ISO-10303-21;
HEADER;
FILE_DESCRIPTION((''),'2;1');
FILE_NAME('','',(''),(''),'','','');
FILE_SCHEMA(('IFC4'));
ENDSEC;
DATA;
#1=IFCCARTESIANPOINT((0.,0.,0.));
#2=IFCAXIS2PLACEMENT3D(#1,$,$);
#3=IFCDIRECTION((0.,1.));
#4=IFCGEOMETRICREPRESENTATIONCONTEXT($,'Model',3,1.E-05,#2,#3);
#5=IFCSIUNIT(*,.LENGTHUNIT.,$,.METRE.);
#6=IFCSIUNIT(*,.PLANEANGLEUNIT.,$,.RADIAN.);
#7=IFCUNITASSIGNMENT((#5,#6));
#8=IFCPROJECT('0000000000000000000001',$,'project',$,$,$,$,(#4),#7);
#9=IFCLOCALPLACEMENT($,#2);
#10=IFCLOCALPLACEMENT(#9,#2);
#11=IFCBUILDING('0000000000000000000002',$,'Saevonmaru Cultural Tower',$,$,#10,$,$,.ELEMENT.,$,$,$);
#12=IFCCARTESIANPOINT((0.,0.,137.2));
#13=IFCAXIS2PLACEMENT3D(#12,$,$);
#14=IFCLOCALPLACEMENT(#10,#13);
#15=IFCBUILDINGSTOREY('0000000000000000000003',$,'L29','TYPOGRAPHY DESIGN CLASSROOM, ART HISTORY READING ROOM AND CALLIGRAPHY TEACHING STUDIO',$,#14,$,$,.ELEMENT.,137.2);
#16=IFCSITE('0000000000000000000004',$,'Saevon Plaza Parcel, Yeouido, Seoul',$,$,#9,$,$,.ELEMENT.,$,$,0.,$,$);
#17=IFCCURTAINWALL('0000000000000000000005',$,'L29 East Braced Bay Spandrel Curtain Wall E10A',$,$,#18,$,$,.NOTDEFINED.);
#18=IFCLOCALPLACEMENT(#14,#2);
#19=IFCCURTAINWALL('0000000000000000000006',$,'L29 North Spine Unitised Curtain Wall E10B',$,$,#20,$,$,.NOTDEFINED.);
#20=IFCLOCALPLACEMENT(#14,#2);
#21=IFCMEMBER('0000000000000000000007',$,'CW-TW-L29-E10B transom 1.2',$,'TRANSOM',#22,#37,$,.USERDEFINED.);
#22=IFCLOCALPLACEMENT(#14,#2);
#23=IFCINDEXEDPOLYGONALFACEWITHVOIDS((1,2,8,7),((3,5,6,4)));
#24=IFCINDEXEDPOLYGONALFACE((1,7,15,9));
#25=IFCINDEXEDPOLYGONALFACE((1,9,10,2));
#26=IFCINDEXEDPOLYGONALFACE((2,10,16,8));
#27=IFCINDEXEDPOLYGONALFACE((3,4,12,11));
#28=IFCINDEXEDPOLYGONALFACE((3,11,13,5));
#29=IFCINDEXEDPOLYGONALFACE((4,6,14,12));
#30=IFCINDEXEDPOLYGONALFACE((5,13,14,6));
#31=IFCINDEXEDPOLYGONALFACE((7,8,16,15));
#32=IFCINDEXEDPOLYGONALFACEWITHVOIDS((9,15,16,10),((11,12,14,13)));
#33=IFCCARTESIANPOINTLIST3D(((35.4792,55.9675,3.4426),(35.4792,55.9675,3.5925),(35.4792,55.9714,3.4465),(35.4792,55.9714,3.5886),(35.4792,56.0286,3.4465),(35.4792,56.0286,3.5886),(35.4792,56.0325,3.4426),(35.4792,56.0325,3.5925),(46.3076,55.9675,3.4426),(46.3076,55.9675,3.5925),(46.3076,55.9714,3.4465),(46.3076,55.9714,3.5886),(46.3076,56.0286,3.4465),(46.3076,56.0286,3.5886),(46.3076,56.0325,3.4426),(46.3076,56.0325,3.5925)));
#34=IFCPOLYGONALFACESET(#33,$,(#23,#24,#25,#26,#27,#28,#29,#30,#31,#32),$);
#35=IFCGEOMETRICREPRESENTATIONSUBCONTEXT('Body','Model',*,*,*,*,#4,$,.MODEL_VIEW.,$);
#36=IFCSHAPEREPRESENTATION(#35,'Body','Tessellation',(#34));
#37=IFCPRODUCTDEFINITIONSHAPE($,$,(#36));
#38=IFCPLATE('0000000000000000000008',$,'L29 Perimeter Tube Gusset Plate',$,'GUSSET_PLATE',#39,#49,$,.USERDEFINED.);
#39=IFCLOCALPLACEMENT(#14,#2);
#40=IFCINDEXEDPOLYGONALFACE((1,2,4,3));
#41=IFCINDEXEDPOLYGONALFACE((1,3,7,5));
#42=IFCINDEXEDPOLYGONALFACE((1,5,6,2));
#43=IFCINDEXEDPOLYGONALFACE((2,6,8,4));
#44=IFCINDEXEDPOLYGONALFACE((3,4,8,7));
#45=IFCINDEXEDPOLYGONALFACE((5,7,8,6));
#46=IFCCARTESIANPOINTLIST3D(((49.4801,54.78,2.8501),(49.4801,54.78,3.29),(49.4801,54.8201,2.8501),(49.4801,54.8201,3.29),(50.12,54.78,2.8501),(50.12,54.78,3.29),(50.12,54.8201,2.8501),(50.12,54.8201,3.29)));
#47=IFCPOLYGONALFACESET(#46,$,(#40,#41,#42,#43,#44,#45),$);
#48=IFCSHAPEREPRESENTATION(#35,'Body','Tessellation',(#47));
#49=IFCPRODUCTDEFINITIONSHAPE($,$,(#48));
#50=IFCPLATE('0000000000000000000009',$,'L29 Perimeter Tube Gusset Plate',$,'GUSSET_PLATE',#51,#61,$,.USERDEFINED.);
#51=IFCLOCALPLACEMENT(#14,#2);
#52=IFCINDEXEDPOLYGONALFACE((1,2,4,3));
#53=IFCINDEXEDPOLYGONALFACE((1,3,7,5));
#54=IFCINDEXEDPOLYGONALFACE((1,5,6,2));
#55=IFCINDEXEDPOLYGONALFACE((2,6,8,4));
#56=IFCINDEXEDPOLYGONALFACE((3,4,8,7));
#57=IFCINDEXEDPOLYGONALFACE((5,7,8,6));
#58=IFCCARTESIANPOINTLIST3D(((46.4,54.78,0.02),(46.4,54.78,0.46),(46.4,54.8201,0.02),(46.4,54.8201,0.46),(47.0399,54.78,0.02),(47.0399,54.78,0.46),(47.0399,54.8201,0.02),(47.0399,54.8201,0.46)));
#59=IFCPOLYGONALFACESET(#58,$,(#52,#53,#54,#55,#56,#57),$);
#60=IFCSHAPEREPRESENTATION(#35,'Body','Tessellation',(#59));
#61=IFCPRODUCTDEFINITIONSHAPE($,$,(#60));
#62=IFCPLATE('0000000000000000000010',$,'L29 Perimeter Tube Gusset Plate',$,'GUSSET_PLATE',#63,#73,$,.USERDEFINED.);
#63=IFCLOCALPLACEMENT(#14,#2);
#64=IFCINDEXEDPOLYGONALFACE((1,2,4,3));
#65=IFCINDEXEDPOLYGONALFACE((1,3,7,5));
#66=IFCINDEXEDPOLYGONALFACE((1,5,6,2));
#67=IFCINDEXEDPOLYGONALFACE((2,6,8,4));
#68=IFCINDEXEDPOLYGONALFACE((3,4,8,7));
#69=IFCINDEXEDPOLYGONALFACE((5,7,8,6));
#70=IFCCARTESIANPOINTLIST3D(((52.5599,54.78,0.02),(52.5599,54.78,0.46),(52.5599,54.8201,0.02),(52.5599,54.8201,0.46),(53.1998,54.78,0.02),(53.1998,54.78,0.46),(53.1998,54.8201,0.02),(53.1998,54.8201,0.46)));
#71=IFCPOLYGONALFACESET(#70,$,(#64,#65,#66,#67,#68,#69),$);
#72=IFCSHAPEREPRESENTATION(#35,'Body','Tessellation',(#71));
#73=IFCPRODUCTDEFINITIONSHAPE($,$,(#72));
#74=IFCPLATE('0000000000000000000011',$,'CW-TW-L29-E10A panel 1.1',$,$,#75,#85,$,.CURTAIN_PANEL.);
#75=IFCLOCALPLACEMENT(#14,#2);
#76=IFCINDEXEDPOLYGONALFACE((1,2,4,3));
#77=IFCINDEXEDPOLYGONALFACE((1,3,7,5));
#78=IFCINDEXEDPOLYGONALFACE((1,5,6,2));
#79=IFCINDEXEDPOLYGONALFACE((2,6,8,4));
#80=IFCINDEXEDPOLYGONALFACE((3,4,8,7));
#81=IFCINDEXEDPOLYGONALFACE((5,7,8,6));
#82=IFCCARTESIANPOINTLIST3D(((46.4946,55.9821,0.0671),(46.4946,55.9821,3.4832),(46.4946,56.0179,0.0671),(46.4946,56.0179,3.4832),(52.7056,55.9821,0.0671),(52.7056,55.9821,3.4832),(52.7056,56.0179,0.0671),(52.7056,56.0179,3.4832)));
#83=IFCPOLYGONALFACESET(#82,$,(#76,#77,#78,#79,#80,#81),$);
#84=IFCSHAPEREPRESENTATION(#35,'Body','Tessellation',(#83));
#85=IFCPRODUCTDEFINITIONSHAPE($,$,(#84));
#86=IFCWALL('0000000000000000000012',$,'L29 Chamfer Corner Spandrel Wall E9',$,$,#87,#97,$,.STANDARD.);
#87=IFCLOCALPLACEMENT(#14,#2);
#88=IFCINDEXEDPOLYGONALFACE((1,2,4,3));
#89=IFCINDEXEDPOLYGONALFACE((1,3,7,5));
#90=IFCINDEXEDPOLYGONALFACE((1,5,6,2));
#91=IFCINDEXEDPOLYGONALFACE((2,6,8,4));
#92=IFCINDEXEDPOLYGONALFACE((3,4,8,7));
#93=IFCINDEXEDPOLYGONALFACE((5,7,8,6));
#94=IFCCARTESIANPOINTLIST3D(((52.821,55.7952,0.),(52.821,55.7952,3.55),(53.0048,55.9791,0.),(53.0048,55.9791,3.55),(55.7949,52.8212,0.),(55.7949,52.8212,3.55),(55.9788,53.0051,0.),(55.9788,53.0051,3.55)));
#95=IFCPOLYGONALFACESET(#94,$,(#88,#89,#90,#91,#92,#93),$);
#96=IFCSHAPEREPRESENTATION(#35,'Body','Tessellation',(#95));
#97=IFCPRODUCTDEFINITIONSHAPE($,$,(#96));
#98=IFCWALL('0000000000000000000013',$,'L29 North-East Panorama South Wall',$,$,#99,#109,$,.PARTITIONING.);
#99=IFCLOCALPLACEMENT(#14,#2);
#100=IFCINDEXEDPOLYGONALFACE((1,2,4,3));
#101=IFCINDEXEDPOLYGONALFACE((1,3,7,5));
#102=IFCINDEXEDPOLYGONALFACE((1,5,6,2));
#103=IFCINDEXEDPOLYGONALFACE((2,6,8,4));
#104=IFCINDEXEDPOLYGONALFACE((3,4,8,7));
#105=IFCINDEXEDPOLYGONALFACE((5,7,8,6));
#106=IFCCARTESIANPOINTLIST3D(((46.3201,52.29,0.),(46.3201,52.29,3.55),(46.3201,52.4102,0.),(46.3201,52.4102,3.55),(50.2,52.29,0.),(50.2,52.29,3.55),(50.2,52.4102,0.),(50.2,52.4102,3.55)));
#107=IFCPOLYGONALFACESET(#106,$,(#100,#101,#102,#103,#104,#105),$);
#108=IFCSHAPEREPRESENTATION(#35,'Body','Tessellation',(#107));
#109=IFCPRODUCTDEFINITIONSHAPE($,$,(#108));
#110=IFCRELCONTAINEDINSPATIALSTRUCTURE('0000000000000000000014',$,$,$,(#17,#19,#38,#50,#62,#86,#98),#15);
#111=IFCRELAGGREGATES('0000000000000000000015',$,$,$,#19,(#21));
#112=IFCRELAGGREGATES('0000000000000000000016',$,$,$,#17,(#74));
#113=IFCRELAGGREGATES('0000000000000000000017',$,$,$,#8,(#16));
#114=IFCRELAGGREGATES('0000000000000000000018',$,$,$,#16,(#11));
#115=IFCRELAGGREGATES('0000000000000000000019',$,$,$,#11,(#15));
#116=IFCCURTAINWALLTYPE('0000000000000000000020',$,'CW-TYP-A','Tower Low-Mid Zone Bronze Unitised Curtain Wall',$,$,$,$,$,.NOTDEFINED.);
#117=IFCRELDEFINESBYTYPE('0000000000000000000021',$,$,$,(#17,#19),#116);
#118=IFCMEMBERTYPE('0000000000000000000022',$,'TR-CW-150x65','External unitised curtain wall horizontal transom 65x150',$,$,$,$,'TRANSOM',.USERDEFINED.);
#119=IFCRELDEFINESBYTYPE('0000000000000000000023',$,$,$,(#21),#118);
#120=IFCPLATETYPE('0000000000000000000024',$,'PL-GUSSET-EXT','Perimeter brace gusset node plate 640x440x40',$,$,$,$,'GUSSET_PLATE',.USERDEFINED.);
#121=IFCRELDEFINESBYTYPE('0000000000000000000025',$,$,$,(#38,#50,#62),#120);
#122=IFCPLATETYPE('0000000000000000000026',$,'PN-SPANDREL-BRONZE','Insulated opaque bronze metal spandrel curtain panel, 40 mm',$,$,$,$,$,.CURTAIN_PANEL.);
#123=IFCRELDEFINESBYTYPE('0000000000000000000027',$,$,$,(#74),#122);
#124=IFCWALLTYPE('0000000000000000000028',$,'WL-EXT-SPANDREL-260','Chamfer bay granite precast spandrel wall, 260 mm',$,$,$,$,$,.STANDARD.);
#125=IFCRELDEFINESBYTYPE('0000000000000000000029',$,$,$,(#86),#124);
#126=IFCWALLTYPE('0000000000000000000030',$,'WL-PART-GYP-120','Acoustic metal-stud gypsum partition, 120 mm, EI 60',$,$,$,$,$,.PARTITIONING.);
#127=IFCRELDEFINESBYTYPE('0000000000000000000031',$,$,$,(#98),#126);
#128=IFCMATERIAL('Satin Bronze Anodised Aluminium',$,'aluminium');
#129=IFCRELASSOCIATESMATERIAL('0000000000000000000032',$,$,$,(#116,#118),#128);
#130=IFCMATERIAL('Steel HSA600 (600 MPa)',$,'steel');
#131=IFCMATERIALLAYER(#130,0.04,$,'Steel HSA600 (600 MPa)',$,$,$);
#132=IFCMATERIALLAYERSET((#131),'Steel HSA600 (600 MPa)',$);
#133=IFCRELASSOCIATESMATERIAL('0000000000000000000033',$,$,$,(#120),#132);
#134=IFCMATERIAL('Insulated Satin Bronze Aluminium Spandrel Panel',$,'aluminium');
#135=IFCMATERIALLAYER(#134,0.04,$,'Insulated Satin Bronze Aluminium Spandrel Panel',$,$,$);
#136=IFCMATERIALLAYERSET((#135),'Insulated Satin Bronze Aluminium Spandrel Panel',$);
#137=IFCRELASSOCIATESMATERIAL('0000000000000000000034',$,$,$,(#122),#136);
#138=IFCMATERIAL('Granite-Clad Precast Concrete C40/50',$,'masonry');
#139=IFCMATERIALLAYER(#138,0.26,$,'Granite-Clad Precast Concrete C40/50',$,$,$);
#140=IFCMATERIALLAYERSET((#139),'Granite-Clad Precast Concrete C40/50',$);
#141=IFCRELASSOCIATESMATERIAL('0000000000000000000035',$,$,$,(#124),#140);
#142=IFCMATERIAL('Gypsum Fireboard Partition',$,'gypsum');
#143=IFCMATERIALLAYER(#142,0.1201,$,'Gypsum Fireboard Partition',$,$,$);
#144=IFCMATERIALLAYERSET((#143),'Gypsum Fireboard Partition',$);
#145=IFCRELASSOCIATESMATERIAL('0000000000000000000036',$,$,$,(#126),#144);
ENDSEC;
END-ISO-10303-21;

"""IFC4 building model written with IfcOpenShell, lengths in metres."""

from ifc_helpers import new_model, si_unit, direction, frame, frame_2d, origin, origin_2d, place, context, subcontext, project, spatial, rectangle, hollow_rectangle, extrude, material, layer, layer_set, material_profile, profile_set, type_object, element, aggregate, save


model = new_model("IFC4")

# Units and contexts
model_context = context("Model", 3, precision=1e-05, world=origin(), true_north=direction((0.0, 1.0)))
body_context = subcontext(model_context, "Body", "Model", "MODEL_VIEW")
ifc_project = project(units=[si_unit("LENGTHUNIT", "METRE"), si_unit("PLANEANGLEUNIT", "RADIAN")], contexts=[model_context])

# Site, building, storey
site_placement = place(None, origin())
site = spatial("IfcSite", under=ifc_project, at=site_placement, Name="Saevon Plaza Parcel, Yeouido, Seoul", CompositionType="ELEMENT", RefElevation=0.0)
building_placement = place(site_placement, origin())
building = spatial("IfcBuilding", under=site, at=building_placement, Name="Saevonmaru Cultural Tower", CompositionType="ELEMENT")
storey_placement = place(building_placement, frame((0.0, 0.0, 137.2)))
storey = spatial("IfcBuildingStorey", under=building, at=storey_placement, Name="L29", Description="TYPOGRAPHY DESIGN CLASSROOM, ART HISTORY READING ROOM AND CALLIGRAPHY TEACHING STUDIO", CompositionType="ELEMENT", Elevation=137.2)

# Shared definitions
ifc_material_1 = material(Name="Satin Bronze Anodised Aluminium", Category="aluminium")
curtain_wall_type = type_object("IfcCurtainWallType", Name="CW-TYP-A", Description="Tower Low-Mid Zone Bronze Unitised Curtain Wall", PredefinedType="NOTDEFINED", material=ifc_material_1)

# Curtain wall
curtain_wall_1_placement = place(storey_placement, origin())
curtain_wall_1 = element("IfcCurtainWall", 1, at=curtain_wall_1_placement, inside=storey, type_object=curtain_wall_type, Name="L29 East Braced Bay Spandrel Curtain Wall E10A", PredefinedType="NOTDEFINED")

# Curtain wall
curtain_wall_2_placement = place(storey_placement, origin())
curtain_wall_2 = element("IfcCurtainWall", 2, at=curtain_wall_2_placement, inside=storey, type_object=curtain_wall_type, Name="L29 North Spine Unitised Curtain Wall E10B", PredefinedType="NOTDEFINED")

# Member
ifc_material_profile_1 = material_profile(ifc_material_1, hollow_rectangle(XDim=0.0649, YDim=0.1499, WallThickness=0.0039, at=origin_2d()), Name="ALU-TRAN-150x65x4")
ifc_profile_set_1 = profile_set([ifc_material_profile_1], Name="Satin Bronze Anodised Aluminium")
member_type_1 = type_object("IfcMemberType", Name="TR-CW-150x65", Description="External unitised curtain wall horizontal transom 65x150", ElementType="TRANSOM", PredefinedType="USERDEFINED", material=ifc_profile_set_1)
member_1_placement = place(storey_placement, frame((46.3076, 56.0, 3.5176), z_axis=(-1.0, 0.0, 0.0), x_axis=(0.0, -1.0, 0.0)))
member_1 = element("IfcMember", 3, at=member_1_placement, type_object=member_type_1, Name="CW-TW-L29-E10B transom 1.2", ObjectType="TRANSOM", PredefinedType="USERDEFINED", context=body_context, shape_type="SweptSolid", body=[
    extrude(hollow_rectangle(XDim=0.0649, YDim=0.1499, WallThickness=0.0039, at=origin_2d()), origin(), (0.0, 0.0, 1.0), 10.8284),
])
aggregate(curtain_wall_2, [member_1])

# Plates
ifc_material_2 = material(Name="Steel HSA600 (600 MPa)", Category="steel")
ifc_layer_1 = layer(ifc_material_2, 0.04, Name="Steel HSA600 (600 MPa)")
ifc_layer_set_1 = layer_set([ifc_layer_1], Name="Steel HSA600 (600 MPa)")
plate_type_1 = type_object("IfcPlateType", Name="PL-GUSSET-EXT", Description="Perimeter brace gusset node plate 640x440x40", ElementType="GUSSET_PLATE", PredefinedType="USERDEFINED", material=ifc_layer_set_1)
for number, where, z_axis, x_axis, name in (
    (4, (49.8, 54.8, 2.8501), (0.0, 0.0, 1.0), (1.0, 0.0, 0.0), "L29 Perimeter Tube Gusset Plate"),
    (5, (46.72, 54.8, 0.02), (0.0, 0.0, 1.0), (1.0, 0.0, 0.0), "L29 Perimeter Tube Gusset Plate"),
    (6, (52.8799, 54.8, 0.02), (0.0, 0.0, 1.0), (1.0, 0.0, 0.0), "L29 Perimeter Tube Gusset Plate"),
):
    element("IfcPlate", number, at=place(storey_placement, frame(where, z_axis=z_axis, x_axis=x_axis)), inside=storey, type_object=plate_type_1, Name=name, ObjectType="GUSSET_PLATE", PredefinedType="USERDEFINED", context=body_context, shape_type="SweptSolid", body=[
        extrude(rectangle(XDim=0.6399, YDim=0.04, at=origin_2d()), origin(), (0.0, 0.0, 1.0), 0.4399),
    ])

# Plate
ifc_material_3 = material(Name="Insulated Satin Bronze Aluminium Spandrel Panel", Category="aluminium")
ifc_layer_2 = layer(ifc_material_3, 0.04, Name="Insulated Satin Bronze Aluminium Spandrel Panel")
ifc_layer_set_2 = layer_set([ifc_layer_2], Name="Insulated Satin Bronze Aluminium Spandrel Panel")
plate_type_2 = type_object("IfcPlateType", Name="PN-SPANDREL-BRONZE", Description="Insulated opaque bronze metal spandrel curtain panel, 40 mm", PredefinedType="CURTAIN_PANEL", material=ifc_layer_set_2)
plate_placement = place(storey_placement, frame((49.6001, 56.0, 0.0671), z_axis=(0.0, 0.0, 1.0), x_axis=(-1.0, 0.0, 0.0)))
plate = element("IfcPlate", 7, at=plate_placement, type_object=plate_type_2, Name="CW-TW-L29-E10A panel 1.1", PredefinedType="CURTAIN_PANEL", context=body_context, shape_type="SweptSolid", body=[
    extrude(rectangle(XDim=6.2109, YDim=0.0359, at=origin_2d()), origin(), (0.0, 0.0, 1.0), 3.416),
])
aggregate(curtain_wall_1, [plate])

# Wall
ifc_material_4 = material(Name="Granite-Clad Precast Concrete C40/50", Category="masonry")
ifc_layer_3 = layer(ifc_material_4, 0.26, Name="Granite-Clad Precast Concrete C40/50")
ifc_layer_set_3 = layer_set([ifc_layer_3], Name="Granite-Clad Precast Concrete C40/50")
wall_type_1 = type_object("IfcWallType", Name="WL-EXT-SPANDREL-260", Description="Chamfer bay granite precast spandrel wall, 260 mm", PredefinedType="STANDARD", material=ifc_layer_set_3)
wall_1_placement = place(storey_placement, frame((55.887, 52.9131, 0.0), z_axis=(0.0, 0.0, 1.0), x_axis=(-0.707107, 0.707107, 0.0)))
element("IfcWall", 8, at=wall_1_placement, inside=storey, type_object=wall_type_1, Name="L29 Chamfer Corner Spandrel Wall E9", PredefinedType="STANDARD", context=body_context, shape_type="SweptSolid", body=[
    extrude(rectangle(XDim=4.2058, YDim=0.26, at=frame_2d((2.103, 0.0))), origin(), (0.0, 0.0, 1.0), 3.55),
])

# Shared definitions
ifc_material_5 = material(Name="Gypsum Fireboard Partition", Category="gypsum")

# Wall
ifc_layer_4 = layer(ifc_material_5, 0.1201, Name="Gypsum Fireboard Partition")
ifc_layer_set_4 = layer_set([ifc_layer_4], Name="Gypsum Fireboard Partition")
wall_type_2 = type_object("IfcWallType", Name="WL-PART-GYP-120", Description="Acoustic metal-stud gypsum partition, 120 mm, EI 60", PredefinedType="PARTITIONING", material=ifc_layer_set_4)
wall_2_placement = place(storey_placement, frame((46.3201, 52.3501, 0.0), z_axis=(0.0, 0.0, 1.0), x_axis=(1.0, 0.0, 0.0)))
element("IfcWall", 9, at=wall_2_placement, inside=storey, type_object=wall_type_2, Name="L29 North-East Panorama South Wall", PredefinedType="PARTITIONING", context=body_context, shape_type="SweptSolid", body=[
    extrude(rectangle(XDim=3.8799, YDim=0.1201, at=frame_2d((1.9399, 0.0))), origin(), (0.0, 0.0, 1.0), 3.55),
])

save(model, "model.ifc")
